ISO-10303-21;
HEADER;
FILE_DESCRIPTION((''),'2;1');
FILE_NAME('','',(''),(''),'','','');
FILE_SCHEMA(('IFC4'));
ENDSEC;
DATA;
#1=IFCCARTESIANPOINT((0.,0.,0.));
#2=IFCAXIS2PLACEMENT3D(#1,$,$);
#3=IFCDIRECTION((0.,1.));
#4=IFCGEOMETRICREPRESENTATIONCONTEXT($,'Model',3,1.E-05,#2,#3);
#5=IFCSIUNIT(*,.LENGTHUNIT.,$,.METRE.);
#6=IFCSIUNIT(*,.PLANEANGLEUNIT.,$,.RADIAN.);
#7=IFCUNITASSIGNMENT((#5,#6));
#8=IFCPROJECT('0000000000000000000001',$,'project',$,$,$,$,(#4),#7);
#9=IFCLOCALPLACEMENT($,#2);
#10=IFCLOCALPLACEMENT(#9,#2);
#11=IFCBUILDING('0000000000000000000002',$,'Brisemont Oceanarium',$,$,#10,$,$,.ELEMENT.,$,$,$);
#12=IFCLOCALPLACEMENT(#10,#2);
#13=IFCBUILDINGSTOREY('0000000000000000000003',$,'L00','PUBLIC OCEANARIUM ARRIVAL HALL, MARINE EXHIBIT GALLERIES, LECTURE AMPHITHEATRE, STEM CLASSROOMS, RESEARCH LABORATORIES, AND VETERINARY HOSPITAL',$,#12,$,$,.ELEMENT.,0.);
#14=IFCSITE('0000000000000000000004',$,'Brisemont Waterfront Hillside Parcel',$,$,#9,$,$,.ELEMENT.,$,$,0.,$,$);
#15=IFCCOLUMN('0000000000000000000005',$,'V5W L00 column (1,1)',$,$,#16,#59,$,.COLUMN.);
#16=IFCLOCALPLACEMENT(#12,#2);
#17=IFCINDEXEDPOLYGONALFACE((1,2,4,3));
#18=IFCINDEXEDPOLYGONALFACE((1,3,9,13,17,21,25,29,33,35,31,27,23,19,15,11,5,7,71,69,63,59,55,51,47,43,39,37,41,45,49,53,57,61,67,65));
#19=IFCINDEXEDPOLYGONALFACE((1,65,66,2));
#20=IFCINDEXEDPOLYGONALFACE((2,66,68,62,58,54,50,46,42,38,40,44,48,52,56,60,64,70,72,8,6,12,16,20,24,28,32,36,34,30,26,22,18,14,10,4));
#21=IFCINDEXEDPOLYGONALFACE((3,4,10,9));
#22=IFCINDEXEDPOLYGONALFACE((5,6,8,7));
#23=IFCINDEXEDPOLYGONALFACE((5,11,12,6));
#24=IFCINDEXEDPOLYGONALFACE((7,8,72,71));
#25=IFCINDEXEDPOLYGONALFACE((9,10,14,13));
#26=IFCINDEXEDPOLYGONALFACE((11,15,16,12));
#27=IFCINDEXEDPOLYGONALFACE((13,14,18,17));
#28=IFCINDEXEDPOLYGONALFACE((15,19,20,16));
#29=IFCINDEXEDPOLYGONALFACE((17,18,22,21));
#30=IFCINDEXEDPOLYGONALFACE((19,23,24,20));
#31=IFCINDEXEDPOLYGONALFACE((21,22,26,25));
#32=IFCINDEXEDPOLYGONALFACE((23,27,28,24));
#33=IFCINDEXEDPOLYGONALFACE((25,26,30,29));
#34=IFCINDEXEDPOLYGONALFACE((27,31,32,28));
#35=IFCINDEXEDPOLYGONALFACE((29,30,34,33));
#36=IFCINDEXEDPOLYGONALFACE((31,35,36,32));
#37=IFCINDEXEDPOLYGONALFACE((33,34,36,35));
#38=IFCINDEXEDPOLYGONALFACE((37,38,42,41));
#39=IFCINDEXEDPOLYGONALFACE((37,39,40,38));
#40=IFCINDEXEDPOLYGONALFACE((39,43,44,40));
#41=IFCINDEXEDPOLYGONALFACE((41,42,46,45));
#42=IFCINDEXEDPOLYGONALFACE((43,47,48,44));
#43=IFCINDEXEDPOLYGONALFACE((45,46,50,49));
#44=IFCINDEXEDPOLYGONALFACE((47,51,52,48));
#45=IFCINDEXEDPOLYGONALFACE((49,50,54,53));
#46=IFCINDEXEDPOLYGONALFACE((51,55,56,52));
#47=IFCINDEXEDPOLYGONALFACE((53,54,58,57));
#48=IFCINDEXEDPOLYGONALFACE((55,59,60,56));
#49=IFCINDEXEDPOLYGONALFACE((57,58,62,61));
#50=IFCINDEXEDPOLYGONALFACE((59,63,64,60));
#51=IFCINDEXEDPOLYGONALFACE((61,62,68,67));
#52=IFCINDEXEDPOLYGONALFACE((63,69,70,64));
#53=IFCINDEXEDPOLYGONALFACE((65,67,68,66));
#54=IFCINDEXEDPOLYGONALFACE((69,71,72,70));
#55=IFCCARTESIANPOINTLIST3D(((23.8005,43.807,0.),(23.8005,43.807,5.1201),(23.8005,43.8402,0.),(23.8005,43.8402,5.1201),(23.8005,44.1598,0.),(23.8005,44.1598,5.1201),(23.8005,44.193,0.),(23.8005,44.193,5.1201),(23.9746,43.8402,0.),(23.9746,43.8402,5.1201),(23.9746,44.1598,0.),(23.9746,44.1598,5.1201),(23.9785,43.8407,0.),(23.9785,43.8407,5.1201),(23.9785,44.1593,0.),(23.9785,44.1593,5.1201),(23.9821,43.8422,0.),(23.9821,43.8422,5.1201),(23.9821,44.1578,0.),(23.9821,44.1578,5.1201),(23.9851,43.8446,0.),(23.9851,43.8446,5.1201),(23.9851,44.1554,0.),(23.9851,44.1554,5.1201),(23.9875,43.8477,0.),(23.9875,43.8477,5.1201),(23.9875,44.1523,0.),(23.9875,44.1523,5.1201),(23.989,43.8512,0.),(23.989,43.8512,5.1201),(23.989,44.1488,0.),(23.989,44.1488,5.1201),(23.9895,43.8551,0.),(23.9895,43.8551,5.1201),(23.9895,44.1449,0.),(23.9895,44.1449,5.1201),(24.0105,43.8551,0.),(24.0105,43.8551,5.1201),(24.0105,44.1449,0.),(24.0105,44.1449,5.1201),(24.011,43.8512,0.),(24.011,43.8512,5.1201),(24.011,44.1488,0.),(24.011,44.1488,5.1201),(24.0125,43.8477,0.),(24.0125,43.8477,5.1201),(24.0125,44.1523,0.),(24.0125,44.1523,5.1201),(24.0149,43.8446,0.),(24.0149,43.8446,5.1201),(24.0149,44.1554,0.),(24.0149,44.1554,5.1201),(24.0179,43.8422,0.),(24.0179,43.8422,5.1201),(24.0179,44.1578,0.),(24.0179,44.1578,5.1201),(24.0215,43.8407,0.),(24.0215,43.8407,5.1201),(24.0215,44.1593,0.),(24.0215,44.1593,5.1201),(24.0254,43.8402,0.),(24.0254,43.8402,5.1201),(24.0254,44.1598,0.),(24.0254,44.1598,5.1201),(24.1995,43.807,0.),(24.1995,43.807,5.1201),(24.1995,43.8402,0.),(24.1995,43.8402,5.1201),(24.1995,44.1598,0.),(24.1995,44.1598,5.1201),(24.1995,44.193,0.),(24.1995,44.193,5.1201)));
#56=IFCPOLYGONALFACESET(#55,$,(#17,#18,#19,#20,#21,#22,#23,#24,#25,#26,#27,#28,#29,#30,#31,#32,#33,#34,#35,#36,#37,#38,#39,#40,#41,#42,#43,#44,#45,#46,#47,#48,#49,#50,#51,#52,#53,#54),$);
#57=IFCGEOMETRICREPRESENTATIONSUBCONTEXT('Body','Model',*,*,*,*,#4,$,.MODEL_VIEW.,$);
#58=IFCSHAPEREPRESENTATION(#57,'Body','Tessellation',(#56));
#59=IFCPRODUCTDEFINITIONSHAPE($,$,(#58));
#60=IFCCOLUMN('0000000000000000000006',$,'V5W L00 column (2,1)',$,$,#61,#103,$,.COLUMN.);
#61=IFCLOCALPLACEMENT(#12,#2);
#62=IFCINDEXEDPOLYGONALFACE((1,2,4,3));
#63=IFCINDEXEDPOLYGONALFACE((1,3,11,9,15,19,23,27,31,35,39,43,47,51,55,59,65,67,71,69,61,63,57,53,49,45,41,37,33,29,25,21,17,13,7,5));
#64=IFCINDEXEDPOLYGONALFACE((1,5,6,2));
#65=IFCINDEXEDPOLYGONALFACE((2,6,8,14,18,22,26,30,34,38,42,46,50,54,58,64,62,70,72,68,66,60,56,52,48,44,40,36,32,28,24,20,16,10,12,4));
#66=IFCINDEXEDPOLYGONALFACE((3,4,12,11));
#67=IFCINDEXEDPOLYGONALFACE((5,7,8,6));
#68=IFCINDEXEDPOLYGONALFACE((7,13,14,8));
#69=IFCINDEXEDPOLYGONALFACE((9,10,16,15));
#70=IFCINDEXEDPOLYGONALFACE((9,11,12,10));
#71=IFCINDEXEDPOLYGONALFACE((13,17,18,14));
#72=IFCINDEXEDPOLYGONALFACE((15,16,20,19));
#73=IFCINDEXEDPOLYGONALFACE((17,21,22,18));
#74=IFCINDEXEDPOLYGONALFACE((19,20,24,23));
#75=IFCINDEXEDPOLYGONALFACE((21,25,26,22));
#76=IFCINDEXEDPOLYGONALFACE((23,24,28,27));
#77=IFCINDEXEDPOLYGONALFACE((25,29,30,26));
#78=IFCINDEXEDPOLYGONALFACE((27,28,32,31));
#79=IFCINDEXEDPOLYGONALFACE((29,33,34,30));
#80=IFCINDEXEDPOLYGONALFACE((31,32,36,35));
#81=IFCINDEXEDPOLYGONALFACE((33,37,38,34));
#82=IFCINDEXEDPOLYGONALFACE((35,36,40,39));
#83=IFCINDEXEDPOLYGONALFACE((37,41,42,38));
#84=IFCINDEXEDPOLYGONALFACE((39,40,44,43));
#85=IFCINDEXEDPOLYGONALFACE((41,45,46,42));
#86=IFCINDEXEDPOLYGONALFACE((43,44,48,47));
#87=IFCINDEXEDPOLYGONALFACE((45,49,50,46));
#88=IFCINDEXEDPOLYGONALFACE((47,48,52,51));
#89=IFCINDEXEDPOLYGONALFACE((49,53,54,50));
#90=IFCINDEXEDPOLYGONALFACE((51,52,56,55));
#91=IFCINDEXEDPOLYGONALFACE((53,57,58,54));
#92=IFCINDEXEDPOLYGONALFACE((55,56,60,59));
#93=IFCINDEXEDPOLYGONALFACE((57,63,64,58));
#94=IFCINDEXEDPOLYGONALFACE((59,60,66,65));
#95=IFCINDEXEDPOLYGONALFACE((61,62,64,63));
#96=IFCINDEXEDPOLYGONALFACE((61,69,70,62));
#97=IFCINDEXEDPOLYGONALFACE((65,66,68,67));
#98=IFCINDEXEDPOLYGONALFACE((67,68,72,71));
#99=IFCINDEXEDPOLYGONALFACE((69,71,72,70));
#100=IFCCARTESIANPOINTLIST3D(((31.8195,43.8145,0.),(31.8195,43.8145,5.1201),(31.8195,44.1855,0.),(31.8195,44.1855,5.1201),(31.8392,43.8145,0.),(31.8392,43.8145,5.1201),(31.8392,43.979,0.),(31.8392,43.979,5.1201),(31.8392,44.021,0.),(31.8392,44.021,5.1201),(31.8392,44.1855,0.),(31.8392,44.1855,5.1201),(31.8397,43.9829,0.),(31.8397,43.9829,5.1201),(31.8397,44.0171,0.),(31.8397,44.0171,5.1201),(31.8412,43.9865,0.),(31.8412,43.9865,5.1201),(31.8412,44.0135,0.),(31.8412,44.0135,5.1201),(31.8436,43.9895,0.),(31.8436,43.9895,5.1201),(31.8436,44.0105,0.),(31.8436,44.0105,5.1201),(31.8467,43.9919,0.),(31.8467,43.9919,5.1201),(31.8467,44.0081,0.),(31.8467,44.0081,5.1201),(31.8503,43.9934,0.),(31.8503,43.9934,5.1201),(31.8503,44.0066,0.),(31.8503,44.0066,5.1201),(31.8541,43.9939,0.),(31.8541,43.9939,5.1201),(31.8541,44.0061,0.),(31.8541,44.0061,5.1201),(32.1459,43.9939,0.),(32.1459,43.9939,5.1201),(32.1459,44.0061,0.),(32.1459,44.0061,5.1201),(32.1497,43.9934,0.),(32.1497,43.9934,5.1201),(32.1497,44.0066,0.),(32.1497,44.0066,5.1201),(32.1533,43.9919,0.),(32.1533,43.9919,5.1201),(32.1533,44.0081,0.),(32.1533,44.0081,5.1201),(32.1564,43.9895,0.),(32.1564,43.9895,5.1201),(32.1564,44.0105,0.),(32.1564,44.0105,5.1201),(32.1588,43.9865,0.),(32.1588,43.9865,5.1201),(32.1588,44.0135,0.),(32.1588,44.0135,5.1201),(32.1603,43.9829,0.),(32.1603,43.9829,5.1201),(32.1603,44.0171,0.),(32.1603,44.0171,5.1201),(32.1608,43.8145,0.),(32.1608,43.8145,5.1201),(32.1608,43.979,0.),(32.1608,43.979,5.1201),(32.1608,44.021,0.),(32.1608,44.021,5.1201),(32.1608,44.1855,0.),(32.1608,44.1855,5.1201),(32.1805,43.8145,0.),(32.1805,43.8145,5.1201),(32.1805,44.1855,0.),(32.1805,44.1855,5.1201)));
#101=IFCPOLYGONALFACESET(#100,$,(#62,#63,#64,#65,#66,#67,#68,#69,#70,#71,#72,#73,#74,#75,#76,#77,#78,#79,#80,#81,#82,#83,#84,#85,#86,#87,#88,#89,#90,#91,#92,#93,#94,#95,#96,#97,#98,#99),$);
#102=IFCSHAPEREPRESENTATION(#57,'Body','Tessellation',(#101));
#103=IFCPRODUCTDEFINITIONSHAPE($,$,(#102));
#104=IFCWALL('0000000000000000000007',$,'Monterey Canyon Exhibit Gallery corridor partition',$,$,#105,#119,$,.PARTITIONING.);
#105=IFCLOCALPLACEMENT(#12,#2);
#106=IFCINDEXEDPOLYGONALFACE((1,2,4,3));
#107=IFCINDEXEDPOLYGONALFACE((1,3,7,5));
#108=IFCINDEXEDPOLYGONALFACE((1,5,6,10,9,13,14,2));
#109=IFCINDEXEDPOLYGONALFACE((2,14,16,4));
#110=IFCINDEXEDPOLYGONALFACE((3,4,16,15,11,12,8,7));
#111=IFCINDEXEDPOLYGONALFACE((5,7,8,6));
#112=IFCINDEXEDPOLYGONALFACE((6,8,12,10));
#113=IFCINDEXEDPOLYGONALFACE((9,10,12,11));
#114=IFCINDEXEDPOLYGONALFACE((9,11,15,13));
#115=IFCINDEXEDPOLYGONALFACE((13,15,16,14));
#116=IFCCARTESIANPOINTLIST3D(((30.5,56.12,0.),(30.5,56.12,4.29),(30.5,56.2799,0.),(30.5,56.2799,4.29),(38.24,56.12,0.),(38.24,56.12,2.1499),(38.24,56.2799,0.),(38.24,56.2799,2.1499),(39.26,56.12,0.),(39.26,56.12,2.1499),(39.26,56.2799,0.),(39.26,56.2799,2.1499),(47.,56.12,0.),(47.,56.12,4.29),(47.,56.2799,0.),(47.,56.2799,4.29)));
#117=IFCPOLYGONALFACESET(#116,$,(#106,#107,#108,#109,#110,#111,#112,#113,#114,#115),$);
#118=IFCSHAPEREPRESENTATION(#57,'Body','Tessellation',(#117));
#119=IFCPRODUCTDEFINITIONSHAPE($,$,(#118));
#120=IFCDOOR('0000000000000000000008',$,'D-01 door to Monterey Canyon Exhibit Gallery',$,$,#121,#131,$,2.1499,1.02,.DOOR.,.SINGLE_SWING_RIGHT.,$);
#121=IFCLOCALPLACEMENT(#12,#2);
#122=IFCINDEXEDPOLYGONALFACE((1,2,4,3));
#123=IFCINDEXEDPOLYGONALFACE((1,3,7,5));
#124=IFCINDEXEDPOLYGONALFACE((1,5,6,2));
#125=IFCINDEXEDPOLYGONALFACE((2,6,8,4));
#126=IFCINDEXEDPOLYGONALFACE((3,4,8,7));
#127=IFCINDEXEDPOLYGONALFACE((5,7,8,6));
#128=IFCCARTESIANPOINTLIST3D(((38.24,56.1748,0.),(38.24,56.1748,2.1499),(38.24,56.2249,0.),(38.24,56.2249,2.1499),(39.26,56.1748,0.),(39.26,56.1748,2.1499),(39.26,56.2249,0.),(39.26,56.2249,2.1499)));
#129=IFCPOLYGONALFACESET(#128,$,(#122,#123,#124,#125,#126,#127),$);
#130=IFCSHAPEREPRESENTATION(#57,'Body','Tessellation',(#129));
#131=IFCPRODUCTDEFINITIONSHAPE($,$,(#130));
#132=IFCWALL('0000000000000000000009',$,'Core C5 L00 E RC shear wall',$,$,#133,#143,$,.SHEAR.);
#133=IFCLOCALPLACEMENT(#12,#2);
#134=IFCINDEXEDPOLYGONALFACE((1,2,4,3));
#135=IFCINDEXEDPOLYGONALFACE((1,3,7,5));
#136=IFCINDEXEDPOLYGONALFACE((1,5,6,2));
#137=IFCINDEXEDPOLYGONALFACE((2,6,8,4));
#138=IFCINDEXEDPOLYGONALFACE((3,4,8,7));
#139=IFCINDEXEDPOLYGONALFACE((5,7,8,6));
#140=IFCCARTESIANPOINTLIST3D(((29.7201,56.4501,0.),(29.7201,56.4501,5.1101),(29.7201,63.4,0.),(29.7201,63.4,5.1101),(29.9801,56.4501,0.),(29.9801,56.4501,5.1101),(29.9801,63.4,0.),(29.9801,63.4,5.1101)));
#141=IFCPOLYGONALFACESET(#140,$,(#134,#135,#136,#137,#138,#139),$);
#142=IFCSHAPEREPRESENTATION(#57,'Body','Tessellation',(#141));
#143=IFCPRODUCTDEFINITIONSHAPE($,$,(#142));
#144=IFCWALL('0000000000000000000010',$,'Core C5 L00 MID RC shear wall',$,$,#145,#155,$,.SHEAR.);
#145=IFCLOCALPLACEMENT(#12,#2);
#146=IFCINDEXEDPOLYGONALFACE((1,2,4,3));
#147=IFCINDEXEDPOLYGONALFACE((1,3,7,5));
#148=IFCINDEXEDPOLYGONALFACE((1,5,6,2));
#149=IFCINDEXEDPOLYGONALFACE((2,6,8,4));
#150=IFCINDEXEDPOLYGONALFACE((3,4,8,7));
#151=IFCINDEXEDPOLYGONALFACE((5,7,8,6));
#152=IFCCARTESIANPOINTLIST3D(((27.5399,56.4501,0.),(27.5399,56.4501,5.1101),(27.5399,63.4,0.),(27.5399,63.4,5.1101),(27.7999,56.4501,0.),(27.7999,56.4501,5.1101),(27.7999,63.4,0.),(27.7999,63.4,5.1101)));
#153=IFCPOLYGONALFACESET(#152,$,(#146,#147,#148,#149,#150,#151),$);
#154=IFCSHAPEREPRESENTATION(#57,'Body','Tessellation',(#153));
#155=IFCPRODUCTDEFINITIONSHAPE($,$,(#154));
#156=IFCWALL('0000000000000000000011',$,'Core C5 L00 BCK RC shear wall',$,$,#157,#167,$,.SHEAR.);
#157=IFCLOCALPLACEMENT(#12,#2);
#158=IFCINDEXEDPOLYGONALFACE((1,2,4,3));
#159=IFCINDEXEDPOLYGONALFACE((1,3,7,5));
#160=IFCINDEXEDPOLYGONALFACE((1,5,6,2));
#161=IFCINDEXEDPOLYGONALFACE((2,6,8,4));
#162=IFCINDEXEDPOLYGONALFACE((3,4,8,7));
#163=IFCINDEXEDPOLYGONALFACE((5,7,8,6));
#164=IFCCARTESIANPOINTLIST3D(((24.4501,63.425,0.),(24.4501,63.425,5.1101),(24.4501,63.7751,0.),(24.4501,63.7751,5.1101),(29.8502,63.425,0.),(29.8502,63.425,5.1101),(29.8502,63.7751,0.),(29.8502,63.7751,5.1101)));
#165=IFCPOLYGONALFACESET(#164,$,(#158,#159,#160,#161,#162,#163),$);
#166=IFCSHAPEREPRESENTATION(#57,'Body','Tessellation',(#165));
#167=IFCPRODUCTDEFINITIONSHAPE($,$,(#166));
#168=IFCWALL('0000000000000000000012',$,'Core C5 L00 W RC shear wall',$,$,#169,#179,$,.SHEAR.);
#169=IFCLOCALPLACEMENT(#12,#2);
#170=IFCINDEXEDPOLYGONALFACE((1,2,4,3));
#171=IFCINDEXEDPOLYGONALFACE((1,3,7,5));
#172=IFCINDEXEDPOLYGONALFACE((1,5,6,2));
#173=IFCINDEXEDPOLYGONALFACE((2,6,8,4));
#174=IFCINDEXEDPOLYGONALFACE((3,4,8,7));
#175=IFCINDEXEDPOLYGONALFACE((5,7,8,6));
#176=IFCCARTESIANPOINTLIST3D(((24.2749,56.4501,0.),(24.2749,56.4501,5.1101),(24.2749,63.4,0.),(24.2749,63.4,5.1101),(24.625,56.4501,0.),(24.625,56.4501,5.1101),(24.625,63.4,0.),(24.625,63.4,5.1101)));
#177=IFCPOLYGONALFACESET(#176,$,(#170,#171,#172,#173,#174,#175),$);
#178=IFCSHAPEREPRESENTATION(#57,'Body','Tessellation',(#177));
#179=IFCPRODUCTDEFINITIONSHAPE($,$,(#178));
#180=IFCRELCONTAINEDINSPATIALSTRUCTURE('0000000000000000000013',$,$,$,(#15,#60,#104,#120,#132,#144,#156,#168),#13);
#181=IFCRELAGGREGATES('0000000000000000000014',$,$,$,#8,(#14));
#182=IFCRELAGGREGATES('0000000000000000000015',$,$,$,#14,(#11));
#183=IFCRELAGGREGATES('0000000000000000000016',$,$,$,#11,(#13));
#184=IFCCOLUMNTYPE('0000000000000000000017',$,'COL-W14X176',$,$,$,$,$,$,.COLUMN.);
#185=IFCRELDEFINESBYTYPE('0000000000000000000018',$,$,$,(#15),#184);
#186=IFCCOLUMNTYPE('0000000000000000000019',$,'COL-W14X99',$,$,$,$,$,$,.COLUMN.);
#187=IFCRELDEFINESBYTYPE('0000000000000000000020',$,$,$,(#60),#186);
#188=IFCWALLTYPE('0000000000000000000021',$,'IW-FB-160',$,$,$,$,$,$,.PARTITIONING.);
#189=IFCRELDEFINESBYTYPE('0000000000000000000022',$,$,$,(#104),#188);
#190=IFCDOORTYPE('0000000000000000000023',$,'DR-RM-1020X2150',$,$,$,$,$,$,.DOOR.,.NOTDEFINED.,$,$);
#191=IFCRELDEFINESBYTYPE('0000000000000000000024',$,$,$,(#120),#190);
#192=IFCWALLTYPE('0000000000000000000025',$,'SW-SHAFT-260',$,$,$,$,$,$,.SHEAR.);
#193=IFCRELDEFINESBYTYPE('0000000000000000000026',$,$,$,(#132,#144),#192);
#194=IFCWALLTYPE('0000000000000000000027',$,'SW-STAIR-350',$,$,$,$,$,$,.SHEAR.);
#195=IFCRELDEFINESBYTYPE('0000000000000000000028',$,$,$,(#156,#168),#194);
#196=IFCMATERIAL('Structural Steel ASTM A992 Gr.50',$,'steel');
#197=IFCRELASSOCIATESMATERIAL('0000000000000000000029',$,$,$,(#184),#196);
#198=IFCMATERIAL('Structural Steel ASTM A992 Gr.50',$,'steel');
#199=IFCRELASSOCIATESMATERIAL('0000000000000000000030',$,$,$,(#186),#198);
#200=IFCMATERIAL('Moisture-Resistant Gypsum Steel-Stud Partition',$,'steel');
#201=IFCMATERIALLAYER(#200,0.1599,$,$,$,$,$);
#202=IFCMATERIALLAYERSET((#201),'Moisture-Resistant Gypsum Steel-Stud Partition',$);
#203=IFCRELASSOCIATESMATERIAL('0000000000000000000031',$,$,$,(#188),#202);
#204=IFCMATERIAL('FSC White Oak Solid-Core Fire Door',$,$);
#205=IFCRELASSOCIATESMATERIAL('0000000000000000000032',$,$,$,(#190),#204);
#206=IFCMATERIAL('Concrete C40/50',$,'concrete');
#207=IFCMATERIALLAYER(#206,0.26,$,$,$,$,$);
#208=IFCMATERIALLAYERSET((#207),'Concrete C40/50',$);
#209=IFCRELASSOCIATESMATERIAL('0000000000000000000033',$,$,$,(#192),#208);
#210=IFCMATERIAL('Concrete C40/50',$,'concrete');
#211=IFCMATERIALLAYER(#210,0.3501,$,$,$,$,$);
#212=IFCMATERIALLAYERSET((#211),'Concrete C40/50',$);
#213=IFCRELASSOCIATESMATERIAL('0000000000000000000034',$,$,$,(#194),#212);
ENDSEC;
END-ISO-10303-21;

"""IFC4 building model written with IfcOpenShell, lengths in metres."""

from ifc_helpers import new_model, si_unit, direction, frame, frame_2d, origin, origin_2d, place, context, subcontext, project, spatial, rectangle, i_section, extrude, material, layer, layer_set, material_profile, profile_set, type_object, element, fill, save


model = new_model("IFC4")

# Units and contexts
model_context = context("Model", 3, precision=1e-05, world=origin(), true_north=direction((0.0, 1.0)))
body_context = subcontext(model_context, "Body", "Model", "MODEL_VIEW")
ifc_project = project(units=[si_unit("LENGTHUNIT", "METRE"), si_unit("PLANEANGLEUNIT", "RADIAN")], contexts=[model_context])

# Site, building, storey
site_placement = place(None, origin())
site = spatial("IfcSite", under=ifc_project, at=site_placement, Name="Brisemont Waterfront Hillside Parcel", CompositionType="ELEMENT", RefElevation=0.0)
building_placement = place(site_placement, origin())
building = spatial("IfcBuilding", under=site, at=building_placement, Name="Brisemont Oceanarium", CompositionType="ELEMENT")
storey_placement = place(building_placement, origin())
storey = spatial("IfcBuildingStorey", under=building, at=storey_placement, Name="L00", Description="PUBLIC OCEANARIUM ARRIVAL HALL, MARINE EXHIBIT GALLERIES, LECTURE AMPHITHEATRE, STEM CLASSROOMS, RESEARCH LABORATORIES, AND VETERINARY HOSPITAL", CompositionType="ELEMENT", Elevation=0.0)

# Columns
ifc_material_1 = material(Name="Structural Steel ASTM A992 Gr.50", Category="steel")
ifc_material_profile_1 = material_profile(ifc_material_1, i_section(OverallWidth=0.3989, OverallDepth=0.386, WebThickness=0.021, FlangeThickness=0.0332, FilletRadius=0.0149, at=origin_2d()), Name="W14X176")
ifc_profile_set_1 = profile_set([ifc_material_profile_1], Name="Structural Steel ASTM A992 Gr.50")
column_type_1 = type_object("IfcColumnType", Name="COL-W14X176", PredefinedType="COLUMN", material=ifc_profile_set_1)
column_1_placement = place(storey_placement, frame((24.0, 44.0, 0.0), z_axis=(0.0, 0.0, 1.0), x_axis=(1.0, 0.0, 0.0)))
element("IfcColumn", 1, at=column_1_placement, inside=storey, type_object=column_type_1, Name="V5W L00 column (1,1)", PredefinedType="COLUMN", context=body_context, shape_type="SweptSolid", body=[
    extrude(i_section(OverallWidth=0.3989, OverallDepth=0.386, WebThickness=0.021, FlangeThickness=0.0332, FilletRadius=0.0149, at=origin_2d()), origin(), (0.0, 0.0, 1.0), 5.1201),
])
ifc_material_2 = material(Name="Structural Steel ASTM A992 Gr.50", Category="steel")
ifc_material_profile_2 = material_profile(ifc_material_2, i_section(OverallWidth=0.3711, OverallDepth=0.3611, WebThickness=0.0122, FlangeThickness=0.0198, FilletRadius=0.0149, at=origin_2d()), Name="W14X99")
ifc_profile_set_2 = profile_set([ifc_material_profile_2], Name="Structural Steel ASTM A992 Gr.50")
column_type_2 = type_object("IfcColumnType", Name="COL-W14X99", PredefinedType="COLUMN", material=ifc_profile_set_2)
column_2_placement = place(storey_placement, frame((32.0, 44.0, 0.0), z_axis=(0.0, 0.0, 1.0), x_axis=(0.0, 1.0, 0.0)))
element("IfcColumn", 2, at=column_2_placement, inside=storey, type_object=column_type_2, Name="V5W L00 column (2,1)", PredefinedType="COLUMN", context=body_context, shape_type="SweptSolid", body=[
    extrude(i_section(OverallWidth=0.3711, OverallDepth=0.3611, WebThickness=0.0122, FlangeThickness=0.0198, FilletRadius=0.0149, at=origin_2d()), origin(), (0.0, 0.0, 1.0), 5.1201),
])

# Wall, opening, door
ifc_material_3 = material(Name="Moisture-Resistant Gypsum Steel-Stud Partition", Category="steel")
ifc_layer_1 = layer(ifc_material_3, 0.1599)
ifc_layer_set_1 = layer_set([ifc_layer_1], Name="Moisture-Resistant Gypsum Steel-Stud Partition")
wall_type_1 = type_object("IfcWallType", Name="IW-FB-160", PredefinedType="PARTITIONING", material=ifc_layer_set_1)
wall_1_placement = place(storey_placement, frame((30.5, 56.2, 0.0), z_axis=(0.0, 0.0, 1.0), x_axis=(1.0, 0.0, 0.0)))
wall_1 = element("IfcWall", 3, at=wall_1_placement, inside=storey, type_object=wall_type_1, Name="Monterey Canyon Exhibit Gallery corridor partition", PredefinedType="PARTITIONING", context=body_context, shape_type="SweptSolid", body=[
    extrude(rectangle(XDim=16.5, YDim=0.1599, at=frame_2d((8.25, 0.0))), origin(), (0.0, 0.0, 1.0), 4.29),
])
opening_1_placement = place(wall_1_placement, frame((7.74, 0.0, 0.0)))
opening_1 = element("IfcOpeningElement", 4, at=opening_1_placement, cuts=wall_1, PredefinedType="OPENING", context=body_context, shape_type="SweptSolid", body=[
    extrude(rectangle(XDim=1.02, YDim=2.1499, at=frame_2d((0.51, 1.075))), frame((0.0, 0.0898, 0.0), z_axis=(0.0, -1.0, 0.0), x_axis=(1.0, 0.0, 0.0)), (0.0, 0.0, 1.0), 0.1799),
])
ifc_material_4 = material(Name="FSC White Oak Solid-Core Fire Door")
door_type_1 = type_object("IfcDoorType", Name="DR-RM-1020X2150", OperationType="NOTDEFINED", PredefinedType="DOOR", material=ifc_material_4)
door_1_placement = place(opening_1_placement, origin())
door_1 = element("IfcDoor", 5, at=door_1_placement, inside=storey, type_object=door_type_1, Name="D-01 door to Monterey Canyon Exhibit Gallery", OperationType="SINGLE_SWING_RIGHT", OverallHeight=2.1499, OverallWidth=1.02, PredefinedType="DOOR", context=body_context, shape_type="SweptSolid", body=[
    extrude(rectangle(XDim=1.02, YDim=2.1499, at=frame_2d((0.51, 1.075))), frame((0.0, 0.0249, 0.0), z_axis=(0.0, -1.0, 0.0), x_axis=(1.0, 0.0, 0.0)), (0.0, 0.0, 1.0), 0.05),
])
fill(opening_1, door_1)

# Walls
ifc_material_5 = material(Name="Concrete C40/50", Category="concrete")
ifc_layer_2 = layer(ifc_material_5, 0.26)
ifc_layer_set_2 = layer_set([ifc_layer_2], Name="Concrete C40/50")
wall_type_2 = type_object("IfcWallType", Name="SW-SHAFT-260", PredefinedType="SHEAR", material=ifc_layer_set_2)
for number, where, z_axis, x_axis, name in (
    (6, (29.8501, 56.45, 0.0), (0.0, 0.0, 1.0), (0.0, 1.0, 0.0), "Core C5 L00 E RC shear wall"),
    (7, (27.6699, 56.45, 0.0), (0.0, 0.0, 1.0), (0.0, 1.0, 0.0), "Core C5 L00 MID RC shear wall"),
):
    element("IfcWall", number, at=place(storey_placement, frame(where, z_axis=z_axis, x_axis=x_axis)), inside=storey, type_object=wall_type_2, Name=name, PredefinedType="SHEAR", context=body_context, shape_type="SweptSolid", body=[
        extrude(rectangle(XDim=6.95, YDim=0.26, at=frame_2d((3.4751, 0.0))), origin(), (0.0, 0.0, 1.0), 5.1101),
    ])

# Shared definitions
ifc_material_6 = material(Name="Concrete C40/50", Category="concrete")
ifc_layer_3 = layer(ifc_material_6, 0.3501)
ifc_layer_set_3 = layer_set([ifc_layer_3], Name="Concrete C40/50")
wall_type_3 = type_object("IfcWallType", Name="SW-STAIR-350", PredefinedType="SHEAR", material=ifc_layer_set_3)

# Walls
wall_2_placement = place(storey_placement, frame((24.45, 63.6001, 0.0), z_axis=(0.0, 0.0, 1.0), x_axis=(1.0, 0.0, 0.0)))
element("IfcWall", 8, at=wall_2_placement, inside=storey, type_object=wall_type_3, Name="Core C5 L00 BCK RC shear wall", PredefinedType="SHEAR", context=body_context, shape_type="SweptSolid", body=[
    extrude(rectangle(XDim=5.4001, YDim=0.3501, at=frame_2d((2.7002, 0.0))), origin(), (0.0, 0.0, 1.0), 5.1101),
])
wall_3_placement = place(storey_placement, frame((24.45, 56.45, 0.0), z_axis=(0.0, 0.0, 1.0), x_axis=(0.0, 1.0, 0.0)))
element("IfcWall", 9, at=wall_3_placement, inside=storey, type_object=wall_type_3, Name="Core C5 L00 W RC shear wall", PredefinedType="SHEAR", context=body_context, shape_type="SweptSolid", body=[
    extrude(rectangle(XDim=6.95, YDim=0.3501, at=frame_2d((3.4751, 0.0))), origin(), (0.0, 0.0, 1.0), 5.1101),
])

save(model, "model.ifc")
